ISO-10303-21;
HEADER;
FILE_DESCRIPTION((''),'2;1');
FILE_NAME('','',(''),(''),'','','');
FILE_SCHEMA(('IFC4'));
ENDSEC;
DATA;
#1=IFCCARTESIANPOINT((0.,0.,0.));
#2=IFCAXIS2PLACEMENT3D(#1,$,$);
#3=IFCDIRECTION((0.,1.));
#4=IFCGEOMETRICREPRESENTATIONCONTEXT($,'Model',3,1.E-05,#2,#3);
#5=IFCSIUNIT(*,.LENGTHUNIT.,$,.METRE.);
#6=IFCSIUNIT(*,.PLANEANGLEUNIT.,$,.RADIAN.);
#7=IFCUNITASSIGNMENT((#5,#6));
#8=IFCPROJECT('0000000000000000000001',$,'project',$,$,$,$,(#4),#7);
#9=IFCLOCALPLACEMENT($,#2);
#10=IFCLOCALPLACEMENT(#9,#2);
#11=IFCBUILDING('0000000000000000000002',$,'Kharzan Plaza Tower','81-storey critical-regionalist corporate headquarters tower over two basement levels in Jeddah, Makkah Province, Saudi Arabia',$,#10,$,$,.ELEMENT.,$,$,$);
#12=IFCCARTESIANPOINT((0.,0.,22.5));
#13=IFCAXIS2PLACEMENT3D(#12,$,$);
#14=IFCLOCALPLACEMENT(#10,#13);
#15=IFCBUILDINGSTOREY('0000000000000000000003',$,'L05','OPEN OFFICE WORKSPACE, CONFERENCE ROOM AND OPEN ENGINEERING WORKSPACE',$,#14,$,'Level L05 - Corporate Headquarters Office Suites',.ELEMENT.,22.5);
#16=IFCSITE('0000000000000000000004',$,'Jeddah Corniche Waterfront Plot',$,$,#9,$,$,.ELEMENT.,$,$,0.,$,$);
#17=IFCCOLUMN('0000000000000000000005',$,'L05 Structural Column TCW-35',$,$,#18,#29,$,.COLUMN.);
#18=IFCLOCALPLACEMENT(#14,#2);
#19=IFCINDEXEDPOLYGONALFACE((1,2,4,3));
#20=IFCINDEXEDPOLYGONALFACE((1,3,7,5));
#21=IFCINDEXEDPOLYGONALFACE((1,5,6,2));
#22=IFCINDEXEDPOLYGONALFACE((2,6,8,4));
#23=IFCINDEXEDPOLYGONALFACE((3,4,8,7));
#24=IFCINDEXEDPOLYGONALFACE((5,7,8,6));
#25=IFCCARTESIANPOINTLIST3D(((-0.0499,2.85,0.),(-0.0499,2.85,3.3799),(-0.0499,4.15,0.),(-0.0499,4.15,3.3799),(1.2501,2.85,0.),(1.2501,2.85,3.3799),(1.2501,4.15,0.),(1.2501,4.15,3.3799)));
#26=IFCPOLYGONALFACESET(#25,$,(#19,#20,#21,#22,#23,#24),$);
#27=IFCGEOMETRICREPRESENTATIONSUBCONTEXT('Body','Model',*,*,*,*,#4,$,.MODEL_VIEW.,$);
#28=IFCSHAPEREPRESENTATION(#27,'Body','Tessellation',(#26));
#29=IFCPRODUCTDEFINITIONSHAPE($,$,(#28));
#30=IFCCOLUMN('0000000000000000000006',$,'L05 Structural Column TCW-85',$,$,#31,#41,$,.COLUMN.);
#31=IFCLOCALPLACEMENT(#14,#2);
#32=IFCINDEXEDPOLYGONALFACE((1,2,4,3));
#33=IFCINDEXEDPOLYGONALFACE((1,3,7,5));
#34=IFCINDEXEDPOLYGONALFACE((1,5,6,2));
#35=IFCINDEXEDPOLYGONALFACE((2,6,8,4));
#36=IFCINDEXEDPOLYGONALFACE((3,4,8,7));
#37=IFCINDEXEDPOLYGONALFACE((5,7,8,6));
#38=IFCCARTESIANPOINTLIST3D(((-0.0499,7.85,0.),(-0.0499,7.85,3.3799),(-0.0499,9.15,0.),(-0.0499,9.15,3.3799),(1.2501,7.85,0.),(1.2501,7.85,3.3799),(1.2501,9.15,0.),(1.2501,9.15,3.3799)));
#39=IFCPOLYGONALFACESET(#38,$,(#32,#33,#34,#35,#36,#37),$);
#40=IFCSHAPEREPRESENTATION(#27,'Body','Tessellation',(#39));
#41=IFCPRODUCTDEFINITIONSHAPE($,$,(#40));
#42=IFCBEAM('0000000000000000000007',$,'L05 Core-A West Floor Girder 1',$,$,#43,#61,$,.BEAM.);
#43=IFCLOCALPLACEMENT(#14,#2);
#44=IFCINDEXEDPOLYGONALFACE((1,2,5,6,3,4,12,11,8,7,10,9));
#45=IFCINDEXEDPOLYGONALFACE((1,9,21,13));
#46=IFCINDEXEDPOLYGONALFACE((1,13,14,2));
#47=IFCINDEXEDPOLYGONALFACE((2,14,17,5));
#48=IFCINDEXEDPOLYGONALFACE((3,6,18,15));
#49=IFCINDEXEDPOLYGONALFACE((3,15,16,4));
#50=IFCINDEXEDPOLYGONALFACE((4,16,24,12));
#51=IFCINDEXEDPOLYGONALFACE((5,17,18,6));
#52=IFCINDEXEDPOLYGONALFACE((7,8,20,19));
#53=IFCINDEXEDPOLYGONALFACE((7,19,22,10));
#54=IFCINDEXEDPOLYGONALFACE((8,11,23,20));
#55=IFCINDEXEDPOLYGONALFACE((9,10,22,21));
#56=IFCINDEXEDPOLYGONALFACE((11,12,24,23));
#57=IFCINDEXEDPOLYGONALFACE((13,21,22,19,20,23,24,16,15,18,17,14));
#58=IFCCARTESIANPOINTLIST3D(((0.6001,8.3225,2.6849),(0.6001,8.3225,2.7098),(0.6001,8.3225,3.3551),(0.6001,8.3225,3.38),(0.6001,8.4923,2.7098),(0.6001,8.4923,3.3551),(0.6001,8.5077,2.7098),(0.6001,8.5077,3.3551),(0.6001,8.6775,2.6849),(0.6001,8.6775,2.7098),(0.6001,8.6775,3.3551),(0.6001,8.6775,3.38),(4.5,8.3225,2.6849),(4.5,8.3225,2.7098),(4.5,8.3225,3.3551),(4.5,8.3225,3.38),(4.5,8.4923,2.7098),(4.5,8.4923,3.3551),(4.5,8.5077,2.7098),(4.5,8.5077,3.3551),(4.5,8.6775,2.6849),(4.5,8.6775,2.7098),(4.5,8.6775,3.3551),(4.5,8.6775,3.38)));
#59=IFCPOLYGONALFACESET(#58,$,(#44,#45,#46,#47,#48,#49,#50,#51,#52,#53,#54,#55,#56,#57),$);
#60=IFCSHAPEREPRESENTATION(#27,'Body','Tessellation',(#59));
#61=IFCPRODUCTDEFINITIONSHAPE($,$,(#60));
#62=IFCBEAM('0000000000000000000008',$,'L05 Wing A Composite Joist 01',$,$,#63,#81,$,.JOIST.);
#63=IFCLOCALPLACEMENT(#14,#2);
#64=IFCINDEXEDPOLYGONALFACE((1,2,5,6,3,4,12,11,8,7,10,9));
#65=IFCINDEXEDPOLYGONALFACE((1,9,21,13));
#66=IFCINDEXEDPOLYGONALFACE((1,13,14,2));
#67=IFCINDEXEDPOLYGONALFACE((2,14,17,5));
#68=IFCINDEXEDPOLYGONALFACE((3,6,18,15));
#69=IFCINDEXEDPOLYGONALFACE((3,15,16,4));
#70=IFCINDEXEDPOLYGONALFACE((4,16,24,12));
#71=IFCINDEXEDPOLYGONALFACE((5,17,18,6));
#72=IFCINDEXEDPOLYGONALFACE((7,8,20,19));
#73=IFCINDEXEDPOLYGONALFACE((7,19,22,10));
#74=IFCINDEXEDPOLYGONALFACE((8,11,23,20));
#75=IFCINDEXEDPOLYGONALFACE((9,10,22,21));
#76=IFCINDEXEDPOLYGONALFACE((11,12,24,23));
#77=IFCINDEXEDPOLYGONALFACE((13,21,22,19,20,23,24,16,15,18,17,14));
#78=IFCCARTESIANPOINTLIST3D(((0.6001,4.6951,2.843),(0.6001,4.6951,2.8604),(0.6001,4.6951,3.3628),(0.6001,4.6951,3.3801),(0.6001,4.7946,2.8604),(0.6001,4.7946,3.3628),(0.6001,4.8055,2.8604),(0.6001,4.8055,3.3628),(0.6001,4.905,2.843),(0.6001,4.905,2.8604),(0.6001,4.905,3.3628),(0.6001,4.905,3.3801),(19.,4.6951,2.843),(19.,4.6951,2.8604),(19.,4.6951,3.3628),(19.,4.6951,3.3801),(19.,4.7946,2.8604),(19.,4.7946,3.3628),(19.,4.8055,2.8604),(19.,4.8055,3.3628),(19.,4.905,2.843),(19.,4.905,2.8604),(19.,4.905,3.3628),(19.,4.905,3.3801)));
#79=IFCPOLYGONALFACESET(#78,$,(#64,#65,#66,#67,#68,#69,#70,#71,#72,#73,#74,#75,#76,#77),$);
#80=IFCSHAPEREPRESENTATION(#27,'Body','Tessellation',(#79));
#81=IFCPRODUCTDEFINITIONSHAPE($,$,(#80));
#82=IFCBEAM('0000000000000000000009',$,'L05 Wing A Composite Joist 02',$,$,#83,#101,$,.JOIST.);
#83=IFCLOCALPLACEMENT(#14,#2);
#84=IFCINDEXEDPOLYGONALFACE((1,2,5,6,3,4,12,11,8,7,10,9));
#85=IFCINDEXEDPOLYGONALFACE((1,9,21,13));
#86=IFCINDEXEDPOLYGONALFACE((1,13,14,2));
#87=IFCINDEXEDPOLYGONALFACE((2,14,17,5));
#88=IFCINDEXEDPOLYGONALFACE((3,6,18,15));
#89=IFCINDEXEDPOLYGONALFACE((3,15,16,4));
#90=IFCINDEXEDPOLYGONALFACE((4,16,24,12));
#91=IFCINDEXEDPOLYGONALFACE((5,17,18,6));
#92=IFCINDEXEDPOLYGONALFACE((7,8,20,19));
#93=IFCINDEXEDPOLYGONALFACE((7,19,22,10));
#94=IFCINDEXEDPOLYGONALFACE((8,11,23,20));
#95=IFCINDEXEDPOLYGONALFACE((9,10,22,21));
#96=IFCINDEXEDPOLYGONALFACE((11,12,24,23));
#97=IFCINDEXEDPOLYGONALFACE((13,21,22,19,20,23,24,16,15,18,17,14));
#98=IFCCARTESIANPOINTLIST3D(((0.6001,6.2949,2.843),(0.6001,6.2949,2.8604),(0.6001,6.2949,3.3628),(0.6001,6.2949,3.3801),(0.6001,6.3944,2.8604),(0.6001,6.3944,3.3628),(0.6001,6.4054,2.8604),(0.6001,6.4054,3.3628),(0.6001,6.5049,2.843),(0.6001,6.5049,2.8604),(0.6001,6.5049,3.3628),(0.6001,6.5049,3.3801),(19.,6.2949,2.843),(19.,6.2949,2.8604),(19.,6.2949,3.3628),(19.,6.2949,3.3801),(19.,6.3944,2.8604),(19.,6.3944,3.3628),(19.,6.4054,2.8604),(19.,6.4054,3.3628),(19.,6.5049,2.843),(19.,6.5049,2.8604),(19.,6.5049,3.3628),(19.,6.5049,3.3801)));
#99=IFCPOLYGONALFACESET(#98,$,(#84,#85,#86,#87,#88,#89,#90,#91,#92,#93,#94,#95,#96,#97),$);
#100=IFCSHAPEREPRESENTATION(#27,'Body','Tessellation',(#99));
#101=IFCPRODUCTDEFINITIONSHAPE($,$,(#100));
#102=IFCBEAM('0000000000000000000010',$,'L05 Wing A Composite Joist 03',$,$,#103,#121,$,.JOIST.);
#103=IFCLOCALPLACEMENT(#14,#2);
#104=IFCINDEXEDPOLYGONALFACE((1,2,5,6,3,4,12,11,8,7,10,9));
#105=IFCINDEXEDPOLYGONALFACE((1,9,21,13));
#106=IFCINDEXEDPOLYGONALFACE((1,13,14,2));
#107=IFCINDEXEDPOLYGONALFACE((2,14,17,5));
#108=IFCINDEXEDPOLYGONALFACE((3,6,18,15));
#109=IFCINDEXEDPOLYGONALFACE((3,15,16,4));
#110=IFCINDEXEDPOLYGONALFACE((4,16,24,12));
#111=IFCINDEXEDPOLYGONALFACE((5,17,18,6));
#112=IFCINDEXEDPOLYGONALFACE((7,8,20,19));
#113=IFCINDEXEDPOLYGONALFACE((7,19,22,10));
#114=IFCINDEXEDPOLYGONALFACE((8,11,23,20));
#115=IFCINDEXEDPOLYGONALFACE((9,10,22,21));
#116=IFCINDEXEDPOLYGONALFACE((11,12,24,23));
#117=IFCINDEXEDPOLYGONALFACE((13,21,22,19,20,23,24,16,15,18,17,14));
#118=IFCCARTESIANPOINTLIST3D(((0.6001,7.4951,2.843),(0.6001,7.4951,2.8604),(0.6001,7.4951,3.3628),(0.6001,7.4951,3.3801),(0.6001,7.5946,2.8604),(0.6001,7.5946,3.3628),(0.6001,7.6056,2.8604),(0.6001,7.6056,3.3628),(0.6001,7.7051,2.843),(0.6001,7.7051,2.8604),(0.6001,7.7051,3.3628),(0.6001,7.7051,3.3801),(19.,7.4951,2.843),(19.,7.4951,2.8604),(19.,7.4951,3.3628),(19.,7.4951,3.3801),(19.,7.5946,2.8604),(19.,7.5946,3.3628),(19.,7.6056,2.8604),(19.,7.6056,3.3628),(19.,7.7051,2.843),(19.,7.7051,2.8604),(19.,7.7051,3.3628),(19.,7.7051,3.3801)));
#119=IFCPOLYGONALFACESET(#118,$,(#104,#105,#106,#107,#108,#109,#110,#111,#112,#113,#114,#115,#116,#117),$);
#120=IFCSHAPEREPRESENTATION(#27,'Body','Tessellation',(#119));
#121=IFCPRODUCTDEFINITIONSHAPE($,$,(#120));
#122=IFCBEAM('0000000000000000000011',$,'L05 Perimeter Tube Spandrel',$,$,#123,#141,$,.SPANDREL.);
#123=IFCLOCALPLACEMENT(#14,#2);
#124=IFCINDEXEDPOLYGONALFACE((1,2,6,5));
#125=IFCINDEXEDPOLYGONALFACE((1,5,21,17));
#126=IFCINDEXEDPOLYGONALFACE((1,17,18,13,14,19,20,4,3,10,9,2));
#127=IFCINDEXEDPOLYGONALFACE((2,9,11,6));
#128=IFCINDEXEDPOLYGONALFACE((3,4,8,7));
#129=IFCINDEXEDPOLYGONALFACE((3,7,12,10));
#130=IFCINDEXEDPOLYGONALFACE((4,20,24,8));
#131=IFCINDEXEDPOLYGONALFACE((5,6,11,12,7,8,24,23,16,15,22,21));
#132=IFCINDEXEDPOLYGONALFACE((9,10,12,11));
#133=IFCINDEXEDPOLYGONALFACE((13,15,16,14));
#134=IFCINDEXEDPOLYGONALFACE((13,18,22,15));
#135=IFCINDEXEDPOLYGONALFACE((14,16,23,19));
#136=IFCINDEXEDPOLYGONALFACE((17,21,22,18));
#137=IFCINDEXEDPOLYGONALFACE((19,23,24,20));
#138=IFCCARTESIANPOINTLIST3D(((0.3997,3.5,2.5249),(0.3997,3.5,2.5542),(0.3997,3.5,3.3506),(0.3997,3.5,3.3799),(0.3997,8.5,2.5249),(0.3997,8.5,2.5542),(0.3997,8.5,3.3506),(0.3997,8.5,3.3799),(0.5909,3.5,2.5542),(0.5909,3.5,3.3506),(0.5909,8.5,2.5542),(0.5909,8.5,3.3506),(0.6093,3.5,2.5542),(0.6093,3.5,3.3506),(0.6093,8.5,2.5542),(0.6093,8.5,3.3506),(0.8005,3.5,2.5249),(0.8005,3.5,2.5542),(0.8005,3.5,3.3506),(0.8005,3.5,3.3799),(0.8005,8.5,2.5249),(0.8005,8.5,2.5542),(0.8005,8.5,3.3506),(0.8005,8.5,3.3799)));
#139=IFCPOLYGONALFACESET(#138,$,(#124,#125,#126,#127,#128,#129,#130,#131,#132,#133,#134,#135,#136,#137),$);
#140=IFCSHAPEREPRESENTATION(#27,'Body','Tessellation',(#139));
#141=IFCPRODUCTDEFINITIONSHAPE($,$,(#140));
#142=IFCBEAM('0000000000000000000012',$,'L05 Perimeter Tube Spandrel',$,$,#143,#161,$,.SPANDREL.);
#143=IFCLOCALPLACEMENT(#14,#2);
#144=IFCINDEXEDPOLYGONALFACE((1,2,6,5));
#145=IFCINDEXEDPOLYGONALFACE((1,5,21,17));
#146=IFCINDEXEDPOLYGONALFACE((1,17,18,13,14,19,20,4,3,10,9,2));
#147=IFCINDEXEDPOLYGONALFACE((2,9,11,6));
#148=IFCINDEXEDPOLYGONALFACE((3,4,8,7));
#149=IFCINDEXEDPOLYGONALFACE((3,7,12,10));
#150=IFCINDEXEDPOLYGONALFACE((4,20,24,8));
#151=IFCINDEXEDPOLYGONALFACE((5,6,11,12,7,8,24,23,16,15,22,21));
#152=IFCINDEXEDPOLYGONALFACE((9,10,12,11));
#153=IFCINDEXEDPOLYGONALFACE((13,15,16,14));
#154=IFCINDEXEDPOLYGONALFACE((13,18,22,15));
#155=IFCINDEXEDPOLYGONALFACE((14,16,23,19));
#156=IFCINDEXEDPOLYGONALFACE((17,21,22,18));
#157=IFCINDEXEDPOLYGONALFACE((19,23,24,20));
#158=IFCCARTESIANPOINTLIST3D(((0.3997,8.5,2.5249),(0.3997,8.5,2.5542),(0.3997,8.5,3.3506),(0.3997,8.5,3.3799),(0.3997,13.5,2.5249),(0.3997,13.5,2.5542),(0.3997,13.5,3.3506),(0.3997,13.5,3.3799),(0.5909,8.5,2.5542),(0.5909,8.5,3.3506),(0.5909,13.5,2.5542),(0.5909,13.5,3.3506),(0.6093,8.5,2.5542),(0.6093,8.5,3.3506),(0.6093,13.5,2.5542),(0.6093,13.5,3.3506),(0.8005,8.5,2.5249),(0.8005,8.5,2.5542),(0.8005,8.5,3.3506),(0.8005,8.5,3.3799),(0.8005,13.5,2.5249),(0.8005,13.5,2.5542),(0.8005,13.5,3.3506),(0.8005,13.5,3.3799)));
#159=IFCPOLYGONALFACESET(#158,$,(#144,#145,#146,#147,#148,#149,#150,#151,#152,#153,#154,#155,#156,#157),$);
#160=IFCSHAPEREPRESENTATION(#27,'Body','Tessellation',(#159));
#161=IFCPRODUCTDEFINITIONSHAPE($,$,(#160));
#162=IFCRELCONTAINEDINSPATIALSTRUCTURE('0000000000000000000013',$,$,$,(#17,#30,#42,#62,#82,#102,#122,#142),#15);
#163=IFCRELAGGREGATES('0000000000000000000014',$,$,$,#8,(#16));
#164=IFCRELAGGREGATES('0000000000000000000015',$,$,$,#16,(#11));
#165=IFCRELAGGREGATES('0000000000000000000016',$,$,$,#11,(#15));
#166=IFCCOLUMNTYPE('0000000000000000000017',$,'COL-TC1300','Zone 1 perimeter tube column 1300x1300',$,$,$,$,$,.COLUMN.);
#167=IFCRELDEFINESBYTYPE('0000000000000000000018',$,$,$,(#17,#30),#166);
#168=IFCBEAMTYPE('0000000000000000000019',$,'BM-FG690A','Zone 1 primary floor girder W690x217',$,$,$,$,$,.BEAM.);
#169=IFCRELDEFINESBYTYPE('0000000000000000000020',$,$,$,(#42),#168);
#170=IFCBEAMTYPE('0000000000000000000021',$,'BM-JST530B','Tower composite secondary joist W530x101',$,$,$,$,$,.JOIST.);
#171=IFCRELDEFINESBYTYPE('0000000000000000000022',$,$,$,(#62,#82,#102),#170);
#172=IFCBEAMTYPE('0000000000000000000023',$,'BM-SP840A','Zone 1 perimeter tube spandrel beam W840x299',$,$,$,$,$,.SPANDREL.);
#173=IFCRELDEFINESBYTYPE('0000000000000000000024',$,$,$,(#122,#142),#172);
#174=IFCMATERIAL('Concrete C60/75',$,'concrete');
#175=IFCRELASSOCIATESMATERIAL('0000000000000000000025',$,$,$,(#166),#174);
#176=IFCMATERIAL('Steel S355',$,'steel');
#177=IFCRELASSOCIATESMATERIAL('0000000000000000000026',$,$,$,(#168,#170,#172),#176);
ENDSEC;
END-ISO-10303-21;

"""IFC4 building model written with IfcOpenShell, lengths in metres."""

from ifc_helpers import new_model, si_unit, direction, frame, origin, origin_2d, place, context, subcontext, project, spatial, rectangle, i_section, extrude, source, transform, mapped, material, material_profile, profile_set, type_object, element, save


model = new_model("IFC4")

# Units and contexts
model_context = context("Model", 3, precision=1e-05, world=origin(), true_north=direction((0.0, 1.0)))
body_context = subcontext(model_context, "Body", "Model", "MODEL_VIEW")
ifc_project = project(units=[si_unit("LENGTHUNIT", "METRE"), si_unit("PLANEANGLEUNIT", "RADIAN")], contexts=[model_context])

# Site, building, storey
site_placement = place(None, origin())
site = spatial("IfcSite", under=ifc_project, at=site_placement, Name="Jeddah Corniche Waterfront Plot", CompositionType="ELEMENT", RefElevation=0.0)
building_placement = place(site_placement, origin())
building = spatial("IfcBuilding", under=site, at=building_placement, Name="Kharzan Plaza Tower", Description="81-storey critical-regionalist corporate headquarters tower over two basement levels in Jeddah, Makkah Province, Saudi Arabia", CompositionType="ELEMENT")
storey_placement = place(building_placement, frame((0.0, 0.0, 22.5)))
storey = spatial("IfcBuildingStorey", under=building, at=storey_placement, Name="L05", Description="OPEN OFFICE WORKSPACE, CONFERENCE ROOM AND OPEN ENGINEERING WORKSPACE", LongName="Level L05 - Corporate Headquarters Office Suites", CompositionType="ELEMENT", Elevation=22.5)

# Columns
ifc_material_1 = material(Name="Concrete C60/75", Category="concrete")
ifc_material_profile_1 = material_profile(ifc_material_1, rectangle(XDim=1.3, YDim=1.3, at=origin_2d()), Name="RC-TC1300x1300")
ifc_profile_set_1 = profile_set([ifc_material_profile_1], Name="Concrete C60/75")
column_type = type_object("IfcColumnType", Name="COL-TC1300", Description="Zone 1 perimeter tube column 1300x1300", PredefinedType="COLUMN", material=ifc_profile_set_1)
shared_shape_1 = source(origin(), body_context, "Body", "SweptSolid", [
    extrude(rectangle(XDim=1.3, YDim=1.3, at=origin_2d()), origin(), (0.0, 0.0, 1.0), 3.3799),
])
for number, where, z_axis, x_axis, name in (
    (1, (0.6001, 3.5, 0.0), (0.0, 0.0, 1.0), (1.0, 0.0, 0.0), "L05 Structural Column TCW-35"),
    (2, (0.6001, 8.5, 0.0), (0.0, 0.0, 1.0), (1.0, 0.0, 0.0), "L05 Structural Column TCW-85"),
):
    element("IfcColumn", number, at=place(storey_placement, frame(where, z_axis=z_axis, x_axis=x_axis)), inside=storey, type_object=column_type, Name=name, PredefinedType="COLUMN", context=body_context, shape_type="MappedRepresentation", body=[
        mapped(shared_shape_1, transform((0.0, 0.0, 0.0), x_axis=(1.0, 0.0, 0.0), y_axis=(0.0, 1.0, 0.0), z_axis=(0.0, 0.0, 1.0))),
    ])

# Beams
ifc_material_2 = material(Name="Steel S355", Category="steel")
ifc_material_profile_2 = material_profile(ifc_material_2, i_section(OverallWidth=0.355, OverallDepth=0.6951, WebThickness=0.0154, FlangeThickness=0.0249, at=origin_2d()), Name="W690x217")
ifc_profile_set_2 = profile_set([ifc_material_profile_2], Name="Steel S355")
beam_type_1 = type_object("IfcBeamType", Name="BM-FG690A", Description="Zone 1 primary floor girder W690x217", PredefinedType="BEAM", material=ifc_profile_set_2)
shared_shape_2 = source(origin(), body_context, "Body", "SweptSolid", [
    extrude(i_section(OverallWidth=0.355, OverallDepth=0.6951, WebThickness=0.0154, FlangeThickness=0.0249, at=origin_2d()), origin(), (0.0, 0.0, 1.0), 3.8999),
])
beam_placement = place(storey_placement, frame((0.6001, 8.5, 3.0325), z_axis=(1.0, 0.0, 0.0), x_axis=(0.0, 1.0, 0.0)))
element("IfcBeam", 3, at=beam_placement, inside=storey, type_object=beam_type_1, Name="L05 Core-A West Floor Girder 1", PredefinedType="BEAM", context=body_context, shape_type="MappedRepresentation", body=[
    mapped(shared_shape_2, transform((0.0, 0.0, 0.0), x_axis=(1.0, 0.0, 0.0), y_axis=(0.0, 1.0, 0.0), z_axis=(0.0, 0.0, 1.0))),
])
ifc_material_profile_3 = material_profile(ifc_material_2, i_section(OverallWidth=0.21, OverallDepth=0.5371, WebThickness=0.011, FlangeThickness=0.0173, at=origin_2d()), Name="W530x101")
ifc_profile_set_3 = profile_set([ifc_material_profile_3], Name="Steel S355")
beam_type_2 = type_object("IfcBeamType", Name="BM-JST530B", Description="Tower composite secondary joist W530x101", PredefinedType="JOIST", material=ifc_profile_set_3)
shared_shape_3 = source(origin(), body_context, "Body", "SweptSolid", [
    extrude(i_section(OverallWidth=0.21, OverallDepth=0.5371, WebThickness=0.011, FlangeThickness=0.0173, at=origin_2d()), origin(), (0.0, 0.0, 1.0), 18.3999),
])
for number, where, z_axis, x_axis, name in (
    (4, (0.6001, 4.8, 3.1116), (1.0, 0.0, 0.0), (0.0, 1.0, 0.0), "L05 Wing A Composite Joist 01"),
    (5, (0.6001, 6.3999, 3.1116), (1.0, 0.0, 0.0), (0.0, 1.0, 0.0), "L05 Wing A Composite Joist 02"),
    (6, (0.6001, 7.6001, 3.1116), (1.0, 0.0, 0.0), (0.0, 1.0, 0.0), "L05 Wing A Composite Joist 03"),
):
    element("IfcBeam", number, at=place(storey_placement, frame(where, z_axis=z_axis, x_axis=x_axis)), inside=storey, type_object=beam_type_2, Name=name, PredefinedType="JOIST", context=body_context, shape_type="MappedRepresentation", body=[
        mapped(shared_shape_3, transform((0.0, 0.0, 0.0), x_axis=(1.0, 0.0, 0.0), y_axis=(0.0, 1.0, 0.0), z_axis=(0.0, 0.0, 1.0))),
    ])
ifc_material_profile_4 = material_profile(ifc_material_2, i_section(OverallWidth=0.4009, OverallDepth=0.855, WebThickness=0.0183, FlangeThickness=0.0293, at=origin_2d()), Name="W840x299")
ifc_profile_set_4 = profile_set([ifc_material_profile_4], Name="Steel S355")
beam_type_3 = type_object("IfcBeamType", Name="BM-SP840A", Description="Zone 1 perimeter tube spandrel beam W840x299", PredefinedType="SPANDREL", material=ifc_profile_set_4)
shared_shape_4 = source(origin(), body_context, "Body", "SweptSolid", [
    extrude(i_section(OverallWidth=0.4009, OverallDepth=0.855, WebThickness=0.0183, FlangeThickness=0.0293, at=origin_2d()), origin(), (0.0, 0.0, 1.0), 5.0),
])
for number, where, z_axis, x_axis, name in (
    (7, (0.6001, 3.5, 2.9524), (0.0, 1.0, 0.0), (-1.0, 0.0, 0.0), "L05 Perimeter Tube Spandrel"),
    (8, (0.6001, 8.5, 2.9524), (0.0, 1.0, 0.0), (-1.0, 0.0, 0.0), "L05 Perimeter Tube Spandrel"),
):
    element("IfcBeam", number, at=place(storey_placement, frame(where, z_axis=z_axis, x_axis=x_axis)), inside=storey, type_object=beam_type_3, Name=name, PredefinedType="SPANDREL", context=body_context, shape_type="MappedRepresentation", body=[
        mapped(shared_shape_4, transform((0.0, 0.0, 0.0), x_axis=(1.0, 0.0, 0.0), y_axis=(0.0, 1.0, 0.0), z_axis=(0.0, 0.0, 1.0))),
    ])

save(model, "model.ifc")
